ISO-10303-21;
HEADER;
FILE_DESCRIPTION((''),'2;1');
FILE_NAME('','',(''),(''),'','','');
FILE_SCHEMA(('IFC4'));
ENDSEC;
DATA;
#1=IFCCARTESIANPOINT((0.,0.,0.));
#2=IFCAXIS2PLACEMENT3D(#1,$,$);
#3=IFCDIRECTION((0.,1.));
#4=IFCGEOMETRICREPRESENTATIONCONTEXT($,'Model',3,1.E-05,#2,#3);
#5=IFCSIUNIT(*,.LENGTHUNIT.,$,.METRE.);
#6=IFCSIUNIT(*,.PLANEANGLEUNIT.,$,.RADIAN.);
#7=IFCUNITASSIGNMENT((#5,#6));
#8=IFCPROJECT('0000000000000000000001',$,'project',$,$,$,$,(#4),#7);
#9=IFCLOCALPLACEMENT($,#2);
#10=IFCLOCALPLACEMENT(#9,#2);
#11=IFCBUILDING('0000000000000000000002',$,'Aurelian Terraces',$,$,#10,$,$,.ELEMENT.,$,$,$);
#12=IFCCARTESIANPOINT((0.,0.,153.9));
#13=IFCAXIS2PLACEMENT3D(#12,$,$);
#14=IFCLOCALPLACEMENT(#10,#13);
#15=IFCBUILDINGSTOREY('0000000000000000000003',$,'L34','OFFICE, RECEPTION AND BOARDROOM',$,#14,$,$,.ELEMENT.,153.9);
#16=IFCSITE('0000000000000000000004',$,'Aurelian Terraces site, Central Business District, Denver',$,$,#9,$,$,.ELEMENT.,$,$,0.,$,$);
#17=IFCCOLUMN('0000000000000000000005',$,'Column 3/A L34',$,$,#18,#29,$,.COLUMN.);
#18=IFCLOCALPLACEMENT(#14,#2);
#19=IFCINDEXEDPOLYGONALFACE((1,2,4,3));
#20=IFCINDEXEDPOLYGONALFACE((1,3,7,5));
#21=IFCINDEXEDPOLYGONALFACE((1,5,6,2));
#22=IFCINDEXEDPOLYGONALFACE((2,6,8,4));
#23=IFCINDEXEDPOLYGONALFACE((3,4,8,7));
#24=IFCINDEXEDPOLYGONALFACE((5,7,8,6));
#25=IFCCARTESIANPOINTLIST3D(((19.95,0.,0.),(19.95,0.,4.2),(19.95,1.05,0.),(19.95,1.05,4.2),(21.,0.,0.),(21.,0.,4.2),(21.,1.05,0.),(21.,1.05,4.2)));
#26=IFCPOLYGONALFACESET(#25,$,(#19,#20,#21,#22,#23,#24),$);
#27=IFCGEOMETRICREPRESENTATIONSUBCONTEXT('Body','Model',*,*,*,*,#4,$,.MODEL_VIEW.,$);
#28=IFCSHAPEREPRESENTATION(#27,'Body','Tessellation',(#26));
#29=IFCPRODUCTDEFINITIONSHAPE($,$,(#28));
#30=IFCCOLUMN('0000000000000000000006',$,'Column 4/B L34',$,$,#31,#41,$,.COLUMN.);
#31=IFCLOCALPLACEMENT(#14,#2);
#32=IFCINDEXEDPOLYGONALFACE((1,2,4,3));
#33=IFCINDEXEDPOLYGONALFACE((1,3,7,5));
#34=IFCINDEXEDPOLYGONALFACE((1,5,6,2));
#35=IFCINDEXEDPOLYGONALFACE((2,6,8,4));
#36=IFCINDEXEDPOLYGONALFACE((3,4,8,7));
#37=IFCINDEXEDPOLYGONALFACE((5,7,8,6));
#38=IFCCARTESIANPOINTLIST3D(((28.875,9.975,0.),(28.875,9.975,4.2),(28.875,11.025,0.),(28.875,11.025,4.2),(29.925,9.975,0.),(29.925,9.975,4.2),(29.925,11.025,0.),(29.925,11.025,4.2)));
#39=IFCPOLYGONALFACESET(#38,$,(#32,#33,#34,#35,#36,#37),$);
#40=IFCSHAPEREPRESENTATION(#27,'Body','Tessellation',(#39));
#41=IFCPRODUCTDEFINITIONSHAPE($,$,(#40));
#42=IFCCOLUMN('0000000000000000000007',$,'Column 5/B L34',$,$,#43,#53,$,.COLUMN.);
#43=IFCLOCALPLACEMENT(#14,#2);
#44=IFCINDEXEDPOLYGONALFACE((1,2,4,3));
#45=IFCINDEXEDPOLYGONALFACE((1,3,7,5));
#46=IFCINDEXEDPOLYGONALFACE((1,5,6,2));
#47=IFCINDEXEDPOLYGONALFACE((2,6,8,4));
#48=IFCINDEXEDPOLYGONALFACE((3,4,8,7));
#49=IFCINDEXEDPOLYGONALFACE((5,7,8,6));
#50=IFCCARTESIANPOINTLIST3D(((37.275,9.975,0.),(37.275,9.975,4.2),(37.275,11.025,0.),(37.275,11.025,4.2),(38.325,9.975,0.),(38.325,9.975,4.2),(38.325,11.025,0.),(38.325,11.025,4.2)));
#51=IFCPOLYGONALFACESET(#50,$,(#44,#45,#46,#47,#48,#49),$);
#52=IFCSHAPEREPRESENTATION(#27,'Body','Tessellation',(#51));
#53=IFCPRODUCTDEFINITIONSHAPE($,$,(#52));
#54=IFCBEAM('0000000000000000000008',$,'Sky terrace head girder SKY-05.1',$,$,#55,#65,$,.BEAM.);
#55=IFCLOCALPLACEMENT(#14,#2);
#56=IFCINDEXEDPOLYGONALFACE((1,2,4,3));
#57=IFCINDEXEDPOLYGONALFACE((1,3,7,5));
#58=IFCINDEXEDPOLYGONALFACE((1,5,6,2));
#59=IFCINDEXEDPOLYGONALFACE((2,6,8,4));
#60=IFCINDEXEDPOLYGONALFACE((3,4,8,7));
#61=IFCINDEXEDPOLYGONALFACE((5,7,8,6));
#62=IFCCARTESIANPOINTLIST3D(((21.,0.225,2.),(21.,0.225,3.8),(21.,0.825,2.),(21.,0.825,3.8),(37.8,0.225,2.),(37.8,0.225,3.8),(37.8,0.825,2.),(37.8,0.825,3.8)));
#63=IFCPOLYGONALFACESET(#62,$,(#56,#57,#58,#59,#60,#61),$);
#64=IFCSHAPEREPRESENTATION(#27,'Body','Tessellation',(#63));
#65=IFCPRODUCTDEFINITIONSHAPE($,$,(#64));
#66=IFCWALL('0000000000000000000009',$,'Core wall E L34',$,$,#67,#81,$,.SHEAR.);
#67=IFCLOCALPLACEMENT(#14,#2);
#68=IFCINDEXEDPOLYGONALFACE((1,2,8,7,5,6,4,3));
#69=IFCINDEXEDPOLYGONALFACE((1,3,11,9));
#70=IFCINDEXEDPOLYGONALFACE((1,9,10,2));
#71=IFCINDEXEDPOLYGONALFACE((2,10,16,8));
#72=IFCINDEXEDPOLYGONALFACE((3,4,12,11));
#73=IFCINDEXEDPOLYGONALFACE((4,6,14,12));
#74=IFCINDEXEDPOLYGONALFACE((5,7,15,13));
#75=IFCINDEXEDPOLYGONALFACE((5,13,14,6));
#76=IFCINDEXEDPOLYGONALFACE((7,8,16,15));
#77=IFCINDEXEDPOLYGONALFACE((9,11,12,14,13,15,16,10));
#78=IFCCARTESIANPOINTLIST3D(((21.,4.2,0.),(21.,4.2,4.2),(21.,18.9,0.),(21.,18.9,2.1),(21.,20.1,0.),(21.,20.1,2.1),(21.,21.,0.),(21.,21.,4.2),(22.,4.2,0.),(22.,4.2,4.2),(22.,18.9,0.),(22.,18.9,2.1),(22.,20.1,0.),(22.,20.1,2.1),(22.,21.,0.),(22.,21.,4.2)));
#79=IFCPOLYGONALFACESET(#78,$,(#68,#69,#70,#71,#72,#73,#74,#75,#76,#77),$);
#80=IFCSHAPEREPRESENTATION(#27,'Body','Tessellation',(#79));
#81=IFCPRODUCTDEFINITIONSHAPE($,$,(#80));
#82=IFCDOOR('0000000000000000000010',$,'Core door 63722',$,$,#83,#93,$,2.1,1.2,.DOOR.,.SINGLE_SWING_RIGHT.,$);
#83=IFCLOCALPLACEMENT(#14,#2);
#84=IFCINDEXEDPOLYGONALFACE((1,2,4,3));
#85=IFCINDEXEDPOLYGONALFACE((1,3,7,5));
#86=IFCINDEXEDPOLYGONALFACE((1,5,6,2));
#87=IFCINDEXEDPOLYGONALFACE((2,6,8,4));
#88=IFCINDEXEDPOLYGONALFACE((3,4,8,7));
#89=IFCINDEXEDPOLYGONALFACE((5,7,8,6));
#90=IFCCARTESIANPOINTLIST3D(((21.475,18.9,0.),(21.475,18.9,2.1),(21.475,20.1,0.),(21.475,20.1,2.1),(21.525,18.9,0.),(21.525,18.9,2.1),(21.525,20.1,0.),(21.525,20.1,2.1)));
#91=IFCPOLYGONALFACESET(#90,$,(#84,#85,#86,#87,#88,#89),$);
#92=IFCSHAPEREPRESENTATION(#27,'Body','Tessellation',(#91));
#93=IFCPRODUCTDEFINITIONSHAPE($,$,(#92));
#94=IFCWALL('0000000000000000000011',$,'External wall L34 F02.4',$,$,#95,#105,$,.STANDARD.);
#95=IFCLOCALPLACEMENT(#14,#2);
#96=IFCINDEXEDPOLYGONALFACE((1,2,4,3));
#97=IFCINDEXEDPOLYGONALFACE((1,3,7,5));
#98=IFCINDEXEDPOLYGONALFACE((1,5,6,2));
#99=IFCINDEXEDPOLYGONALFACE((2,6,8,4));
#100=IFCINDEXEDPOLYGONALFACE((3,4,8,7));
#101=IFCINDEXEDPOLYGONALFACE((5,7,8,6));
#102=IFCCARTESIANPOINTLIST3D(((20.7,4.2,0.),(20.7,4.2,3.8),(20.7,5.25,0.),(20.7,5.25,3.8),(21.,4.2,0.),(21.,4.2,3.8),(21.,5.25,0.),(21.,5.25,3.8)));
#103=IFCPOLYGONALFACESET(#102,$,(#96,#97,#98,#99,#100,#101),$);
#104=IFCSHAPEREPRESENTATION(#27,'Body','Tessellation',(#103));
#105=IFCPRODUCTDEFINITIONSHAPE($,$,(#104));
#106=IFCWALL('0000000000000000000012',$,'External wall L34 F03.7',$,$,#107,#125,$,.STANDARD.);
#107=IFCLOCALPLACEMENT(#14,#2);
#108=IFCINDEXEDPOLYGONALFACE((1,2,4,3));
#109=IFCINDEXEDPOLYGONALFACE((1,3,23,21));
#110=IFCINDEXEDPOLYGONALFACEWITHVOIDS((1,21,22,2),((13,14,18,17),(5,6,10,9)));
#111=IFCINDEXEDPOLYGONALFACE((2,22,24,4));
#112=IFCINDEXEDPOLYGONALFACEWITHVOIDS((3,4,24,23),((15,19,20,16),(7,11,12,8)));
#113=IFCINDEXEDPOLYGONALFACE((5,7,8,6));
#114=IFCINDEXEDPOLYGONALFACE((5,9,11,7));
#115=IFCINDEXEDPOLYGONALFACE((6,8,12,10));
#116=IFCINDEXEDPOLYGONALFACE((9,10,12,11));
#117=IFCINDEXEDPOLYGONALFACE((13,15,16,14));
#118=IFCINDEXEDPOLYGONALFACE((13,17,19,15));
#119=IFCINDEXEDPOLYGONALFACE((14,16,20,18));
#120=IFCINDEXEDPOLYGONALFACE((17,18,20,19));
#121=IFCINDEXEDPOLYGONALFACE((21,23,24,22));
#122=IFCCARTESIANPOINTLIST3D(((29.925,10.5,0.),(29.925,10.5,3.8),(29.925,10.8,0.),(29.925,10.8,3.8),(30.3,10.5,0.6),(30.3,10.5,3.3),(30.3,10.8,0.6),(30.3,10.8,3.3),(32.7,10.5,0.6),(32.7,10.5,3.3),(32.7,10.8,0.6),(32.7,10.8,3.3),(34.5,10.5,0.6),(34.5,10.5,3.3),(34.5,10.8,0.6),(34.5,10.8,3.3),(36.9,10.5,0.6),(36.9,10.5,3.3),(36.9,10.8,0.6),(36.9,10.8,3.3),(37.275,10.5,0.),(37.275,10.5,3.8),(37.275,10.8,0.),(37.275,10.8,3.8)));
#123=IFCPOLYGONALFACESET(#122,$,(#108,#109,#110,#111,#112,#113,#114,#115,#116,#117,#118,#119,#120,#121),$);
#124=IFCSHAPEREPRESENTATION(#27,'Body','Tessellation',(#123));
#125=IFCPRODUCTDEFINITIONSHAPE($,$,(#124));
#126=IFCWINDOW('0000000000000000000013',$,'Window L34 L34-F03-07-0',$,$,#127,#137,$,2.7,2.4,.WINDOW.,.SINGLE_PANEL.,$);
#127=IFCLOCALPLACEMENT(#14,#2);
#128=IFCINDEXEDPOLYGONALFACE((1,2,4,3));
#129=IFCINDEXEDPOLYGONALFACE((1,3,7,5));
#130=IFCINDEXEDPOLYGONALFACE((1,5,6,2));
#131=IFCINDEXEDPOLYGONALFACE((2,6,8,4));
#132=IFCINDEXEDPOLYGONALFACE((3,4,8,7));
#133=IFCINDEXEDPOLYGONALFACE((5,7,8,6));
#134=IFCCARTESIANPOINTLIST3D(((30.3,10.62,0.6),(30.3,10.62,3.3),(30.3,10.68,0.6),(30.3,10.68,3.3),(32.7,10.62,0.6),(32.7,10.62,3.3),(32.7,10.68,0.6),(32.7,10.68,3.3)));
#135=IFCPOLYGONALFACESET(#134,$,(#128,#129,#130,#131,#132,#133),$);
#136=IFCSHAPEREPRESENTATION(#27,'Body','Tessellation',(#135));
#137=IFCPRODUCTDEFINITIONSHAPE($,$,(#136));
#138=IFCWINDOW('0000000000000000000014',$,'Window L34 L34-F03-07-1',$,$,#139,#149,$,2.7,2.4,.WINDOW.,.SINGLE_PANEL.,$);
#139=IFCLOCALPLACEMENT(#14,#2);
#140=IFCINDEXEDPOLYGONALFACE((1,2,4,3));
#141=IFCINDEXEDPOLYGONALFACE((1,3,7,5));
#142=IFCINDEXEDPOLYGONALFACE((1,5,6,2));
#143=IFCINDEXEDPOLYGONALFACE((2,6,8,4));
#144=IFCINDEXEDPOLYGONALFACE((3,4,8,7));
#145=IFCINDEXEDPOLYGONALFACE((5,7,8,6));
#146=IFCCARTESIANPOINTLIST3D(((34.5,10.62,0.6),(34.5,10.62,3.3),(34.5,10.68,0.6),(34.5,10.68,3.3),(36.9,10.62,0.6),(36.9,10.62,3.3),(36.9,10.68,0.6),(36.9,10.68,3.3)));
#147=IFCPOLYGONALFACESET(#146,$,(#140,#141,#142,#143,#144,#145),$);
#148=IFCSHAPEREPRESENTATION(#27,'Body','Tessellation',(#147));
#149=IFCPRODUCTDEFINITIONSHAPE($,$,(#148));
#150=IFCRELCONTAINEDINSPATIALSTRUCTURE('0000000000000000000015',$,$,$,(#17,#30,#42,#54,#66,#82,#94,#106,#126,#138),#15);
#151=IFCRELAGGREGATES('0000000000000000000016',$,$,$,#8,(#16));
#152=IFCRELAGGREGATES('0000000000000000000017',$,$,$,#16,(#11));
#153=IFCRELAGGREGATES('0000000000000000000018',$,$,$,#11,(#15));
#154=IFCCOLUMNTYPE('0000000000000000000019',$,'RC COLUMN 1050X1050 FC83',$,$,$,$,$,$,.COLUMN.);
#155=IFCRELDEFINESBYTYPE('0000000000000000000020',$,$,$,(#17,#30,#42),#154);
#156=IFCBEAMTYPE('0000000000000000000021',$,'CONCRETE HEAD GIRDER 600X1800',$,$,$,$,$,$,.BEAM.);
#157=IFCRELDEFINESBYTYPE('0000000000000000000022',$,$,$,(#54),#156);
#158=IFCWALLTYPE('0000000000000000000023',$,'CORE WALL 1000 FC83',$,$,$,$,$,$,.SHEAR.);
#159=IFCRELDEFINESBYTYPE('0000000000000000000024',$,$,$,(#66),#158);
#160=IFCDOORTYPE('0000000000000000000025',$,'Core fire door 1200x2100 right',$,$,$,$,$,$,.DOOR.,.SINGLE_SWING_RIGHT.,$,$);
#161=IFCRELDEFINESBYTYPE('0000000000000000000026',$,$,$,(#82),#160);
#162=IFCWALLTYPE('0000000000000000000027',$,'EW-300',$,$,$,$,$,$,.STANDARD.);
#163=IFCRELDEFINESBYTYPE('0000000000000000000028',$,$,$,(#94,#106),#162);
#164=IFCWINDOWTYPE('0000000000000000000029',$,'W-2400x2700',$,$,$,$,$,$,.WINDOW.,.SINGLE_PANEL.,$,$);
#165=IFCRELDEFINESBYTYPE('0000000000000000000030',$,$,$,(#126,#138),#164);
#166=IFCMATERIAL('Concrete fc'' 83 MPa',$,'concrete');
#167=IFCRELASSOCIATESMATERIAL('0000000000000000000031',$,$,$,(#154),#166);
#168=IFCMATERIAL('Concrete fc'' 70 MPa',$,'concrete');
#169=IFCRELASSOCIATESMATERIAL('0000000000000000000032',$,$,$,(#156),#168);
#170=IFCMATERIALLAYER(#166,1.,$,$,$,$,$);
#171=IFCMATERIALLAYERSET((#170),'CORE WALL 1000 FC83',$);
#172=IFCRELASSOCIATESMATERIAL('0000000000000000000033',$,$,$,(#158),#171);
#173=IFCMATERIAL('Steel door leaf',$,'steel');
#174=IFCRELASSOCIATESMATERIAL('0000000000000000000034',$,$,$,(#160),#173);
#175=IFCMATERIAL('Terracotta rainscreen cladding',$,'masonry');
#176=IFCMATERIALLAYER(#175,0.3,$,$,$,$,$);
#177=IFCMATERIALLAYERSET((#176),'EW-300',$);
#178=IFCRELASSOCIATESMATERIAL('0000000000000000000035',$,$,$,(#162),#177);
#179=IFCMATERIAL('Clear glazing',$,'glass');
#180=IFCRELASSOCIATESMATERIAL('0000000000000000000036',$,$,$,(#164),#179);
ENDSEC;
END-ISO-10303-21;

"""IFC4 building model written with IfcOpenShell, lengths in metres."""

from ifc_helpers import new_model, si_unit, direction, frame, frame_2d, origin, origin_2d, place, context, subcontext, project, spatial, rectangle, extrude, source, transform, mapped, material, layer, layer_set, material_profile, profile_set, type_object, element, fill, save


model = new_model("IFC4")

# Units and contexts
model_context = context("Model", 3, precision=1e-05, world=origin(), true_north=direction((0.0, 1.0)))
body_context = subcontext(model_context, "Body", "Model", "MODEL_VIEW")
ifc_project = project(units=[si_unit("LENGTHUNIT", "METRE"), si_unit("PLANEANGLEUNIT", "RADIAN")], contexts=[model_context])

# Site, building, storey
site_placement = place(None, origin())
site = spatial("IfcSite", under=ifc_project, at=site_placement, Name="Aurelian Terraces site, Central Business District, Denver", CompositionType="ELEMENT", RefElevation=0.0)
building_placement = place(site_placement, origin())
building = spatial("IfcBuilding", under=site, at=building_placement, Name="Aurelian Terraces", CompositionType="ELEMENT")
storey_placement = place(building_placement, frame((0.0, 0.0, 153.9)))
storey = spatial("IfcBuildingStorey", under=building, at=storey_placement, Name="L34", Description="OFFICE, RECEPTION AND BOARDROOM", CompositionType="ELEMENT", Elevation=153.9)

# Columns
ifc_material_1 = material(Name="Concrete fc' 83 MPa", Category="concrete")
ifc_material_profile_1 = material_profile(ifc_material_1, rectangle(XDim=1.05, YDim=1.05, at=origin_2d()))
ifc_profile_set_1 = profile_set([ifc_material_profile_1], Name="Concrete fc' 83 MPa")
column_type = type_object("IfcColumnType", Name="RC COLUMN 1050X1050 FC83", PredefinedType="COLUMN", material=ifc_profile_set_1)
shared_shape_1 = source(origin(), body_context, "Body", "SweptSolid", [
    extrude(rectangle(XDim=1.05, YDim=1.05, at=origin_2d()), origin(), (0.0, 0.0, 1.0), 4.2),
])
for number, where, z_axis, x_axis, name in (
    (1, (20.475, 0.525, 0.0), (0.0, 0.0, 1.0), (1.0, 0.0, 0.0), "Column 3/A L34"),
    (2, (29.4, 10.5, 0.0), (0.0, 0.0, 1.0), (1.0, 0.0, 0.0), "Column 4/B L34"),
    (3, (37.8, 10.5, 0.0), (0.0, 0.0, 1.0), (1.0, 0.0, 0.0), "Column 5/B L34"),
):
    element("IfcColumn", number, at=place(storey_placement, frame(where, z_axis=z_axis, x_axis=x_axis)), inside=storey, type_object=column_type, Name=name, PredefinedType="COLUMN", context=body_context, shape_type="MappedRepresentation", body=[
        mapped(shared_shape_1, transform((0.0, 0.0, 0.0), scale=1.0)),
    ])

# Beam
ifc_material_2 = material(Name="Concrete fc' 70 MPa", Category="concrete")
ifc_material_profile_2 = material_profile(ifc_material_2, rectangle(XDim=0.6, YDim=1.8, at=origin_2d()))
ifc_profile_set_2 = profile_set([ifc_material_profile_2], Name="Concrete fc' 70 MPa")
beam_type = type_object("IfcBeamType", Name="CONCRETE HEAD GIRDER 600X1800", PredefinedType="BEAM", material=ifc_profile_set_2)
shared_shape_2 = source(origin(), body_context, "Body", "SweptSolid", [
    extrude(rectangle(XDim=0.6, YDim=1.8, at=origin_2d()), origin(), (0.0, 0.0, 1.0), 16.8),
])
beam_placement = place(storey_placement, frame((21.0, 0.525, 2.9), z_axis=(1.0, 0.0, 0.0), x_axis=(0.0, 1.0, 0.0)))
element("IfcBeam", 4, at=beam_placement, inside=storey, type_object=beam_type, Name="Sky terrace head girder SKY-05.1", PredefinedType="BEAM", context=body_context, shape_type="MappedRepresentation", body=[
    mapped(shared_shape_2, transform((0.0, 0.0, 0.0), scale=1.0)),
])

# Wall, opening, door
ifc_layer_1 = layer(ifc_material_1, 1.0)
ifc_layer_set_1 = layer_set([ifc_layer_1], Name="CORE WALL 1000 FC83")
wall_type_1 = type_object("IfcWallType", Name="CORE WALL 1000 FC83", PredefinedType="SHEAR", material=ifc_layer_set_1)
shared_shape_3 = source(origin(), body_context, "Body", "SweptSolid", [
    extrude(rectangle(XDim=16.8, YDim=1.0, at=frame_2d((8.4, 0.0))), origin(), (0.0, 0.0, 1.0), 4.2),
])
wall_1_placement = place(storey_placement, frame((21.5, 4.2, 0.0), z_axis=(0.0, 0.0, 1.0), x_axis=(0.0, 1.0, 0.0)))
wall_1 = element("IfcWall", 5, at=wall_1_placement, inside=storey, type_object=wall_type_1, Name="Core wall E L34", PredefinedType="SHEAR", context=body_context, shape_type="MappedRepresentation", body=[
    mapped(shared_shape_3, transform((0.0, 0.0, 0.0), scale=1.0)),
])
shared_shape_4 = source(origin(), body_context, "Body", "SweptSolid", [
    extrude(rectangle(XDim=1.2, YDim=2.1, at=frame_2d((0.6, 1.05))), frame((0.0, 0.51, 0.0), z_axis=(0.0, -1.0, 0.0), x_axis=(1.0, 0.0, 0.0)), (0.0, 0.0, 1.0), 1.02),
])
opening_1_placement = place(wall_1_placement, frame((14.7, 0.0, 0.0)))
opening_1 = element("IfcOpeningElement", 6, at=opening_1_placement, cuts=wall_1, PredefinedType="OPENING", context=body_context, shape_type="MappedRepresentation", body=[
    mapped(shared_shape_4, transform((0.0, 0.0, 0.0), scale=1.0)),
])
ifc_material_3 = material(Name="Steel door leaf", Category="steel")
door_type_1 = type_object("IfcDoorType", Name="Core fire door 1200x2100 right", OperationType="SINGLE_SWING_RIGHT", PredefinedType="DOOR", material=ifc_material_3)
shared_shape_5 = source(origin(), body_context, "Body", "SweptSolid", [
    extrude(rectangle(XDim=1.2, YDim=2.1, at=frame_2d((0.6, 1.05))), frame((0.0, 0.025, 0.0), z_axis=(0.0, -1.0, 0.0), x_axis=(1.0, 0.0, 0.0)), (0.0, 0.0, 1.0), 0.05),
])
door_1_placement = place(opening_1_placement, origin())
door_1 = element("IfcDoor", 7, at=door_1_placement, inside=storey, type_object=door_type_1, Name="Core door 63722", OperationType="SINGLE_SWING_RIGHT", OverallHeight=2.1, OverallWidth=1.2, PredefinedType="DOOR", context=body_context, shape_type="MappedRepresentation", body=[
    mapped(shared_shape_5, transform((0.0, 0.0, 0.0), scale=1.0)),
])
fill(opening_1, door_1)

# Wall
ifc_material_4 = material(Name="Terracotta rainscreen cladding", Category="masonry")
ifc_layer_2 = layer(ifc_material_4, 0.3)
ifc_layer_set_2 = layer_set([ifc_layer_2], Name="EW-300")
wall_type_2 = type_object("IfcWallType", Name="EW-300", PredefinedType="STANDARD", material=ifc_layer_set_2)
shared_shape_6 = source(origin(), body_context, "Body", "SweptSolid", [
    extrude(rectangle(XDim=1.05, YDim=0.3, at=frame_2d((0.525, 0.0))), origin(), (0.0, 0.0, 1.0), 3.8),
])
wall_2_placement = place(storey_placement, frame((20.85, 4.2, 0.0), z_axis=(0.0, 0.0, 1.0), x_axis=(0.0, 1.0, 0.0)))
element("IfcWall", 8, at=wall_2_placement, inside=storey, type_object=wall_type_2, Name="External wall L34 F02.4", PredefinedType="STANDARD", context=body_context, shape_type="MappedRepresentation", body=[
    mapped(shared_shape_6, transform((0.0, 0.0, 0.0), scale=1.0)),
])

# Wall, openings, windows
shared_shape_7 = source(origin(), body_context, "Body", "SweptSolid", [
    extrude(rectangle(XDim=7.35, YDim=0.3, at=frame_2d((3.675, 0.0))), origin(), (0.0, 0.0, 1.0), 3.8),
])
wall_3_placement = place(storey_placement, frame((29.925, 10.65, 0.0), z_axis=(0.0, 0.0, 1.0), x_axis=(1.0, 0.0, 0.0)))
wall_3 = element("IfcWall", 9, at=wall_3_placement, inside=storey, type_object=wall_type_2, Name="External wall L34 F03.7", PredefinedType="STANDARD", context=body_context, shape_type="MappedRepresentation", body=[
    mapped(shared_shape_7, transform((0.0, 0.0, 0.0), scale=1.0)),
])
shared_shape_8 = source(origin(), body_context, "Body", "SweptSolid", [
    extrude(rectangle(XDim=2.4, YDim=2.7, at=frame_2d((1.2, 1.35))), frame((0.0, 0.16, 0.0), z_axis=(0.0, -1.0, 0.0), x_axis=(1.0, 0.0, 0.0)), (0.0, 0.0, 1.0), 0.32),
])
opening_2_placement = place(wall_3_placement, frame((0.375, 0.0, 0.6)))
opening_2 = element("IfcOpeningElement", 10, at=opening_2_placement, cuts=wall_3, PredefinedType="OPENING", context=body_context, shape_type="MappedRepresentation", body=[
    mapped(shared_shape_8, transform((0.0, 0.0, 0.0), scale=1.0)),
])
opening_3_placement = place(wall_3_placement, frame((4.575, 0.0, 0.6)))
opening_3 = element("IfcOpeningElement", 11, at=opening_3_placement, cuts=wall_3, PredefinedType="OPENING", context=body_context, shape_type="MappedRepresentation", body=[
    mapped(shared_shape_8, transform((0.0, 0.0, 0.0), scale=1.0)),
])
ifc_material_5 = material(Name="Clear glazing", Category="glass")
window_type_1 = type_object("IfcWindowType", Name="W-2400x2700", PartitioningType="SINGLE_PANEL", PredefinedType="WINDOW", material=ifc_material_5)
shared_shape_9 = source(origin(), body_context, "Body", "SweptSolid", [
    extrude(rectangle(XDim=2.4, YDim=2.7, at=frame_2d((1.2, 1.35))), frame((0.0, 0.03, 0.0), z_axis=(0.0, -1.0, 0.0), x_axis=(1.0, 0.0, 0.0)), (0.0, 0.0, 1.0), 0.06),
])
window_1_placement = place(opening_2_placement, origin())
window_1 = element("IfcWindow", 12, at=window_1_placement, inside=storey, type_object=window_type_1, Name="Window L34 L34-F03-07-0", OverallHeight=2.7, OverallWidth=2.4, PartitioningType="SINGLE_PANEL", PredefinedType="WINDOW", context=body_context, shape_type="MappedRepresentation", body=[
    mapped(shared_shape_9, transform((0.0, 0.0, 0.0), scale=1.0)),
])
fill(opening_2, window_1)
window_2_placement = place(opening_3_placement, origin())
window_2 = element("IfcWindow", 13, at=window_2_placement, inside=storey, type_object=window_type_1, Name="Window L34 L34-F03-07-1", OverallHeight=2.7, OverallWidth=2.4, PartitioningType="SINGLE_PANEL", PredefinedType="WINDOW", context=body_context, shape_type="MappedRepresentation", body=[
    mapped(shared_shape_9, transform((0.0, 0.0, 0.0), scale=1.0)),
])
fill(opening_3, window_2)

save(model, "model.ifc")
